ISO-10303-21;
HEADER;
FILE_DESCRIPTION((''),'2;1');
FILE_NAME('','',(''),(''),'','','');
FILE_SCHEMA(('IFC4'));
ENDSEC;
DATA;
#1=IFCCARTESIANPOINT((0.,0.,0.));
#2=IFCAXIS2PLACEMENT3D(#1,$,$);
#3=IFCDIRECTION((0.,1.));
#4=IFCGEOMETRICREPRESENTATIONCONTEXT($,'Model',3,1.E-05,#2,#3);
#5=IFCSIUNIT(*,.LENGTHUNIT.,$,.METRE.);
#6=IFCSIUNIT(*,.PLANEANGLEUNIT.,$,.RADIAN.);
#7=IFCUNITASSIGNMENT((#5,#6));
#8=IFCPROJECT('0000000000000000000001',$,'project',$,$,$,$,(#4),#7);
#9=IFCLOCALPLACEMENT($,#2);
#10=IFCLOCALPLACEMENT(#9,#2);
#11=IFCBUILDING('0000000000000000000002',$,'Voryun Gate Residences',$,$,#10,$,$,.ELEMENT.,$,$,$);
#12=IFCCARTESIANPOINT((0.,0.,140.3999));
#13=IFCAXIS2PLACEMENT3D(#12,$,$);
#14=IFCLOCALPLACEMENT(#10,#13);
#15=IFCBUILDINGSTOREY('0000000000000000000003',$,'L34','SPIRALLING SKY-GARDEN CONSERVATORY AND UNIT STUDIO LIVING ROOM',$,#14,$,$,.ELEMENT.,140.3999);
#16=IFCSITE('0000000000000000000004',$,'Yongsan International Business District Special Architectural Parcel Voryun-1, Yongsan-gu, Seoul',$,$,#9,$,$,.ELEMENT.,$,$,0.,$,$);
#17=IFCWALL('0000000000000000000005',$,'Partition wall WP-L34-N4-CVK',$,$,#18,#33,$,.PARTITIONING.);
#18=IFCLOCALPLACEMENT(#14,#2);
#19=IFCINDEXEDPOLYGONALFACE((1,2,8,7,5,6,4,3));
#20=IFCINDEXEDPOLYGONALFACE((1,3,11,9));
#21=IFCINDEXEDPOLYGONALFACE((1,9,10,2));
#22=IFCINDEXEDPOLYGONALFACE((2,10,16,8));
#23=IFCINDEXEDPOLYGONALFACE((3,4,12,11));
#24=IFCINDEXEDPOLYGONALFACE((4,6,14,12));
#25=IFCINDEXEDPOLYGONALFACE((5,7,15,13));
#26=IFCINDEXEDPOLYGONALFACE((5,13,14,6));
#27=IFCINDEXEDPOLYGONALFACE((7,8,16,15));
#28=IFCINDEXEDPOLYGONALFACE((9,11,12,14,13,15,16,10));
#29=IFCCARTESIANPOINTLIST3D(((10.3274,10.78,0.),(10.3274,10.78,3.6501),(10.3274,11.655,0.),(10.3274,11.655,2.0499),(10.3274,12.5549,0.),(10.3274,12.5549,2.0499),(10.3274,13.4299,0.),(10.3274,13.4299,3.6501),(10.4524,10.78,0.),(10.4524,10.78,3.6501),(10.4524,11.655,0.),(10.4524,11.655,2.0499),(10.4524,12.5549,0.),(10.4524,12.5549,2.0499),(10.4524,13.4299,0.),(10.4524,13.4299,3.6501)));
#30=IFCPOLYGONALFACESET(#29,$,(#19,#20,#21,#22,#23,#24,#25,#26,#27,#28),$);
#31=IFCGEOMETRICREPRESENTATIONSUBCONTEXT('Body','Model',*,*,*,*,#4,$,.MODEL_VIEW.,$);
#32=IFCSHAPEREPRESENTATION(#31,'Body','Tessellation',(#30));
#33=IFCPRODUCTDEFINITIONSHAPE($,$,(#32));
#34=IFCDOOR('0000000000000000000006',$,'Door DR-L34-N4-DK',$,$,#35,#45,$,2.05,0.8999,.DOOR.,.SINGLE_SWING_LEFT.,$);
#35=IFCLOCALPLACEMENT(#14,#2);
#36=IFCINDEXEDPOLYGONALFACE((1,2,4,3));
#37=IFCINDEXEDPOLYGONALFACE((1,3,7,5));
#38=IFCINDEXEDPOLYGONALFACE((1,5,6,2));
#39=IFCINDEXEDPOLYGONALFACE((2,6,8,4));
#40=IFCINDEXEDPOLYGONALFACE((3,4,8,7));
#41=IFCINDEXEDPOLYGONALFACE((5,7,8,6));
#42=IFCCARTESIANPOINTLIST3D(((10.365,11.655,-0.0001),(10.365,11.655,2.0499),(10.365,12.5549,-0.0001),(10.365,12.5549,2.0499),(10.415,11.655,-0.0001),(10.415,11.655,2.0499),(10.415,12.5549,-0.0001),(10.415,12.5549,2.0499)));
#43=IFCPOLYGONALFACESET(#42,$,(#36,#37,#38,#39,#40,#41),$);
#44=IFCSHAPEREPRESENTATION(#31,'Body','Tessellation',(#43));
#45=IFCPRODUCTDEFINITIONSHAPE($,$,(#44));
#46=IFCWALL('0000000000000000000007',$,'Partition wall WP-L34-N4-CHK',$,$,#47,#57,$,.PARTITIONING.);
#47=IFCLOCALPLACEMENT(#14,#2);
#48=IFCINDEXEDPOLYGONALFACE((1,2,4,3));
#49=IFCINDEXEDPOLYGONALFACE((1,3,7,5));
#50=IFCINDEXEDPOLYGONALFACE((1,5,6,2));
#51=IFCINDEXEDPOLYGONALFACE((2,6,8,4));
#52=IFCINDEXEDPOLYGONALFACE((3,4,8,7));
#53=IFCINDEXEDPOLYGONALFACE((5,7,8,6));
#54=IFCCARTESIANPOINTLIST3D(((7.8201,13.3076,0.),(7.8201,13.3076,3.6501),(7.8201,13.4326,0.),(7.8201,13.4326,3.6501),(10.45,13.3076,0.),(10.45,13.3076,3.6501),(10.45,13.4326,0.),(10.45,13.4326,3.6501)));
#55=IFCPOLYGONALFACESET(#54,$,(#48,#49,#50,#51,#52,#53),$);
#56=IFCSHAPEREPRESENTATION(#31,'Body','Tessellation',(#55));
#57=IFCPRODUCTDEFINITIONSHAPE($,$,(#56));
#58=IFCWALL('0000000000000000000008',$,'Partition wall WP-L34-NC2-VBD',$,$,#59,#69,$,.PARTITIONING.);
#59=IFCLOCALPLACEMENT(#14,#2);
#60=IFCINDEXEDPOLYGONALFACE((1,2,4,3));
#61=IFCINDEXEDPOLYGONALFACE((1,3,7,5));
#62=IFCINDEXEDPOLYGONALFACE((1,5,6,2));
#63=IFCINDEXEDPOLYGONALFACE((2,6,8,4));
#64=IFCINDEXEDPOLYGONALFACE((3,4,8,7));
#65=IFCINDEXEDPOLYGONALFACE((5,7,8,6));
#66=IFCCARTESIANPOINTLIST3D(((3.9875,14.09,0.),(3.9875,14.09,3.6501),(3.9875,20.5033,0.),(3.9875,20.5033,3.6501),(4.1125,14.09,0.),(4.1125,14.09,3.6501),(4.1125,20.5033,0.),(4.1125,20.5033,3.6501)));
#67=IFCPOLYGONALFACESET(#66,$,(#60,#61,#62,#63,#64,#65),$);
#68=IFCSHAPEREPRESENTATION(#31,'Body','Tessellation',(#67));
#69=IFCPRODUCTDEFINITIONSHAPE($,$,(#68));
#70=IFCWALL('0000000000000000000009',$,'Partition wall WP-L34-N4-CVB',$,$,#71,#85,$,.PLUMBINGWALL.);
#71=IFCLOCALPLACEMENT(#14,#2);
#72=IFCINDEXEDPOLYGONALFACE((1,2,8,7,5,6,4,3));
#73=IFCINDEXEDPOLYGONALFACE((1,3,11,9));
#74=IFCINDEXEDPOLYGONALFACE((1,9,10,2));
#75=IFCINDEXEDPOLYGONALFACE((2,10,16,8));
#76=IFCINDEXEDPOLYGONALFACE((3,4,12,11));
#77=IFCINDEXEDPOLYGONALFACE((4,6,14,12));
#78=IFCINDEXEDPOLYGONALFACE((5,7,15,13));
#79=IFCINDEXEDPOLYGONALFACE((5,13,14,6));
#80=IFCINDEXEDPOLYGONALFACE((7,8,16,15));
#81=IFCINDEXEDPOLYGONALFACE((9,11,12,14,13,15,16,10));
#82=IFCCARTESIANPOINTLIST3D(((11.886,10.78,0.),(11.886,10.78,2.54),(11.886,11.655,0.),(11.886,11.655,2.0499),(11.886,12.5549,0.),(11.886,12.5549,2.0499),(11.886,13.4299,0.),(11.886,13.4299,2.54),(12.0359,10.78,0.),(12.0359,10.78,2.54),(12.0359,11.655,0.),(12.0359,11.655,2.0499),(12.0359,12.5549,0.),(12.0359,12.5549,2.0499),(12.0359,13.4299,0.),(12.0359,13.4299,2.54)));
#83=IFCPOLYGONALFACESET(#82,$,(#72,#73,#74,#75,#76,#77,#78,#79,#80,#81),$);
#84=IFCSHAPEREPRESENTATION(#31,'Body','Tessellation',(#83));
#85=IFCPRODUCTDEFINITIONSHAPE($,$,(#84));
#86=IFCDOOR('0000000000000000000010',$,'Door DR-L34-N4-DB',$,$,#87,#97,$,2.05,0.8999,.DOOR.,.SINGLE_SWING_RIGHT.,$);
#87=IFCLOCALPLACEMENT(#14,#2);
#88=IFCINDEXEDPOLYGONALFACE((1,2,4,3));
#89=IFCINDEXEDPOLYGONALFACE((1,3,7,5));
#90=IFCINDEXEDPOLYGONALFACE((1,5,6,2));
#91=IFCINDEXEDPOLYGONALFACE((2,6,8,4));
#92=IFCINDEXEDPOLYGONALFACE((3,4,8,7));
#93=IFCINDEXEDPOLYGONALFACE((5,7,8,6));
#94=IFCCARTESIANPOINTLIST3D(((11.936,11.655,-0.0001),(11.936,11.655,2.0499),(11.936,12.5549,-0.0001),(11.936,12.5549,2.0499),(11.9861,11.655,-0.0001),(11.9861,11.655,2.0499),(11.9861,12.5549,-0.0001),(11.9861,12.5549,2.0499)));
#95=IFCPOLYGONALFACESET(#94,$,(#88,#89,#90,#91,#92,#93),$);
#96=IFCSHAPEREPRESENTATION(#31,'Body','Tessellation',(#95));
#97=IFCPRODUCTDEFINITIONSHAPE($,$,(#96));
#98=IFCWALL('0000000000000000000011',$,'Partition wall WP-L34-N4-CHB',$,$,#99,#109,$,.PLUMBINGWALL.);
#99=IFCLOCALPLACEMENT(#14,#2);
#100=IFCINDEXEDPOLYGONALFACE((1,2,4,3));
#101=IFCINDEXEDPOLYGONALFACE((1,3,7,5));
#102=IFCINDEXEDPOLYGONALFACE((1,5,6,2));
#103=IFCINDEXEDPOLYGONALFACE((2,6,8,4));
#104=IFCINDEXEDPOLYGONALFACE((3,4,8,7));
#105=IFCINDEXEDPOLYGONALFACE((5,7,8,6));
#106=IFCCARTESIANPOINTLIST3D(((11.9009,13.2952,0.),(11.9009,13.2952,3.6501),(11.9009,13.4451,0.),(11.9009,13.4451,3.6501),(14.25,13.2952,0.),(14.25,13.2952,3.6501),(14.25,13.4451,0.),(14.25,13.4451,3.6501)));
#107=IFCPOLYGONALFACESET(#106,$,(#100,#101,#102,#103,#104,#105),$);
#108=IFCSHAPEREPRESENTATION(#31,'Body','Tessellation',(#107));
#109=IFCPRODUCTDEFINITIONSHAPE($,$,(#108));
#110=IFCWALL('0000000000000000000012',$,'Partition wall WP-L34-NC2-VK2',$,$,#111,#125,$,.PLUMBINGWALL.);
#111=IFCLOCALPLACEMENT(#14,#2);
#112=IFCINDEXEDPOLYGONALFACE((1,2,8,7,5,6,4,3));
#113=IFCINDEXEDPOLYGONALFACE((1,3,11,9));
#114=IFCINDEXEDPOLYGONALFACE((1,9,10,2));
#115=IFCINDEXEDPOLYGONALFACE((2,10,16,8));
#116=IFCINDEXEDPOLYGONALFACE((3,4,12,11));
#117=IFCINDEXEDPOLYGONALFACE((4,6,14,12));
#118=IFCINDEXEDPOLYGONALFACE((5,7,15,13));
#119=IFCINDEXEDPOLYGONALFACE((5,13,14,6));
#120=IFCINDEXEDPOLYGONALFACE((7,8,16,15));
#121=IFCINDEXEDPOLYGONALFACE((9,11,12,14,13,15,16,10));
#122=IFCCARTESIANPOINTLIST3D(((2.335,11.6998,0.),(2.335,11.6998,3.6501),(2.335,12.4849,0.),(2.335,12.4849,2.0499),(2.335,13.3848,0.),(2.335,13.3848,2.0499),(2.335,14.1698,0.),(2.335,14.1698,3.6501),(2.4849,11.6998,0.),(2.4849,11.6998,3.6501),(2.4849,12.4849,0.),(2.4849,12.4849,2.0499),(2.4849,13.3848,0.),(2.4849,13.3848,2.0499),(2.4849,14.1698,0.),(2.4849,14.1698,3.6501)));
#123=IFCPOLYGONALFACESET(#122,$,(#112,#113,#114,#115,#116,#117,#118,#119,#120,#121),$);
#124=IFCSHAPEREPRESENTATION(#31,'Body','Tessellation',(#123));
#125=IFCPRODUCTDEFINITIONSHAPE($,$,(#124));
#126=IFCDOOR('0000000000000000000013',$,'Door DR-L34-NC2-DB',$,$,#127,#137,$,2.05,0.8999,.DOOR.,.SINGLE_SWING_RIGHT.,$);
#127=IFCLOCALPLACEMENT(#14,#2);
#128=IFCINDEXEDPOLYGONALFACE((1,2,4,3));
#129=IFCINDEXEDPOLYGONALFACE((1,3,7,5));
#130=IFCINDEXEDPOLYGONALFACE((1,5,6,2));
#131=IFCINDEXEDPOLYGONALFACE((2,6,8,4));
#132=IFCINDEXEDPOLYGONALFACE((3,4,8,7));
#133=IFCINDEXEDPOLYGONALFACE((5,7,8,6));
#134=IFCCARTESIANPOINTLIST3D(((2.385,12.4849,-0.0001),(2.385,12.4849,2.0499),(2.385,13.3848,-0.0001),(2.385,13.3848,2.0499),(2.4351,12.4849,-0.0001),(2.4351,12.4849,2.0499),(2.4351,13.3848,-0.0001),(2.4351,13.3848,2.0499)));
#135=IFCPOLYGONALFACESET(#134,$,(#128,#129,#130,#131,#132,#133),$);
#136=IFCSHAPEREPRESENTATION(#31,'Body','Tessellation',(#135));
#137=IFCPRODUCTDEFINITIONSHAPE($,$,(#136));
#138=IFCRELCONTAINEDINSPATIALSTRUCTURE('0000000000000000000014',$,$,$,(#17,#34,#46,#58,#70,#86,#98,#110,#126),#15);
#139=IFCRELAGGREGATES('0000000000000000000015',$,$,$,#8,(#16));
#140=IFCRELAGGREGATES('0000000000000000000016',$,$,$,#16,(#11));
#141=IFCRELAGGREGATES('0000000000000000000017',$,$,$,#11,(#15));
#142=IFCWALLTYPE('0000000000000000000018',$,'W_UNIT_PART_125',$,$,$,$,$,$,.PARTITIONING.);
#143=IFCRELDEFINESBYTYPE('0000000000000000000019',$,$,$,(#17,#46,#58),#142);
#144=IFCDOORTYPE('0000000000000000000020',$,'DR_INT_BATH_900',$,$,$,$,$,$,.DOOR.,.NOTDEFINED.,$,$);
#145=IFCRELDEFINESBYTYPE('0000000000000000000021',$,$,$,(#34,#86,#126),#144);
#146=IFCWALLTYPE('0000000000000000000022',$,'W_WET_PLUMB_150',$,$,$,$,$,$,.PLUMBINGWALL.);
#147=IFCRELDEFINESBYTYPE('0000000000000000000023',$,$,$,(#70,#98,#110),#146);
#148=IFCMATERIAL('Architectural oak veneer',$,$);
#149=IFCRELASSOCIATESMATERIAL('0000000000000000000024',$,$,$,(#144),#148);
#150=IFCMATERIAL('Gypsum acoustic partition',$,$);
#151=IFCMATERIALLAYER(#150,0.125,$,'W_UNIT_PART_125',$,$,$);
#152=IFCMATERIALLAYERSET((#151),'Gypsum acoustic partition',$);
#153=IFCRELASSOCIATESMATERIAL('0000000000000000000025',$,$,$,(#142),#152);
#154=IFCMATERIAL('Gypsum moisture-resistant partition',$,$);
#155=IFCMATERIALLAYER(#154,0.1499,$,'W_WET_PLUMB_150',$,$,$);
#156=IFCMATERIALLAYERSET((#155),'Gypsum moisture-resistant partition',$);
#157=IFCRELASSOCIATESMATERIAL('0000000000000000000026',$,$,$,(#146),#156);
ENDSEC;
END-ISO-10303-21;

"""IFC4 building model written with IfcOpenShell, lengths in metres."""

from ifc_helpers import new_model, si_unit, direction, frame, frame_2d, origin, place, context, subcontext, project, spatial, rectangle, extrude, material, layer, layer_set, type_object, element, fill, save


model = new_model("IFC4")

# Units and contexts
model_context = context("Model", 3, precision=1e-05, world=origin(), true_north=direction((0.0, 1.0)))
body_context = subcontext(model_context, "Body", "Model", "MODEL_VIEW")
ifc_project = project(units=[si_unit("LENGTHUNIT", "METRE"), si_unit("PLANEANGLEUNIT", "RADIAN")], contexts=[model_context])

# Site, building, storey
site_placement = place(None, origin())
site = spatial("IfcSite", under=ifc_project, at=site_placement, Name="Yongsan International Business District Special Architectural Parcel Voryun-1, Yongsan-gu, Seoul", CompositionType="ELEMENT", RefElevation=0.0)
building_placement = place(site_placement, origin())
building = spatial("IfcBuilding", under=site, at=building_placement, Name="Voryun Gate Residences", CompositionType="ELEMENT")
storey_placement = place(building_placement, frame((0.0, 0.0, 140.3999)))
storey = spatial("IfcBuildingStorey", under=building, at=storey_placement, Name="L34", Description="SPIRALLING SKY-GARDEN CONSERVATORY AND UNIT STUDIO LIVING ROOM", CompositionType="ELEMENT", Elevation=140.3999)

# Shared definitions
ifc_material_1 = material(Name="Architectural oak veneer")
door_type_1 = type_object("IfcDoorType", Name="DR_INT_BATH_900", OperationType="NOTDEFINED", PredefinedType="DOOR", material=ifc_material_1)

# Wall, opening, door
ifc_material_2 = material(Name="Gypsum acoustic partition")
ifc_layer_1 = layer(ifc_material_2, 0.125, Name="W_UNIT_PART_125")
ifc_layer_set_1 = layer_set([ifc_layer_1], Name="Gypsum acoustic partition")
wall_type_1 = type_object("IfcWallType", Name="W_UNIT_PART_125", PredefinedType="PARTITIONING", material=ifc_layer_set_1)
wall_1_placement = place(storey_placement, frame((10.3899, 10.78, 0.0), z_axis=(0.0, 0.0, 1.0), x_axis=(0.0, 1.0, 0.0)))
wall_1 = element("IfcWall", 1, at=wall_1_placement, inside=storey, type_object=wall_type_1, Name="Partition wall WP-L34-N4-CVK", PredefinedType="PARTITIONING", context=body_context, shape_type="SweptSolid", body=[
    extrude(rectangle(XDim=2.6499, YDim=0.125, at=frame_2d((1.325, 0.0))), origin(), (0.0, 0.0, 1.0), 3.6501),
])
opening_1_placement = place(wall_1_placement, frame((0.875, 0.0, 0.0)))
opening_1 = element("IfcOpeningElement", 2, at=opening_1_placement, cuts=wall_1, PredefinedType="OPENING", context=body_context, shape_type="SweptSolid", body=[
    extrude(rectangle(XDim=0.8999, YDim=2.05, at=frame_2d((0.45, 1.0249))), frame((0.0, 0.0725, 0.0), z_axis=(0.0, -1.0, 0.0), x_axis=(1.0, 0.0, 0.0)), (0.0, 0.0, 1.0), 0.145),
])
door_1_placement = place(opening_1_placement, origin())
door_1 = element("IfcDoor", 3, at=door_1_placement, inside=storey, type_object=door_type_1, Name="Door DR-L34-N4-DK", OperationType="SINGLE_SWING_LEFT", OverallHeight=2.05, OverallWidth=0.8999, PredefinedType="DOOR", context=body_context, shape_type="SweptSolid", body=[
    extrude(rectangle(XDim=0.8999, YDim=2.05, at=frame_2d((0.45, 1.0249))), frame((0.0, 0.0249, 0.0), z_axis=(0.0, -1.0, 0.0), x_axis=(1.0, 0.0, 0.0)), (0.0, 0.0, 1.0), 0.05),
])
fill(opening_1, door_1)

# Walls
wall_2_placement = place(storey_placement, frame((7.8201, 13.3701, 0.0), z_axis=(0.0, 0.0, 1.0), x_axis=(1.0, 0.0, 0.0)))
element("IfcWall", 4, at=wall_2_placement, inside=storey, type_object=wall_type_1, Name="Partition wall WP-L34-N4-CHK", PredefinedType="PARTITIONING", context=body_context, shape_type="SweptSolid", body=[
    extrude(rectangle(XDim=2.6299, YDim=0.125, at=frame_2d((1.3149, 0.0))), origin(), (0.0, 0.0, 1.0), 3.6501),
])
wall_3_placement = place(storey_placement, frame((4.05, 14.0901, 0.0), z_axis=(0.0, 0.0, 1.0), x_axis=(0.0, 1.0, 0.0)))
element("IfcWall", 5, at=wall_3_placement, inside=storey, type_object=wall_type_1, Name="Partition wall WP-L34-NC2-VBD", PredefinedType="PARTITIONING", context=body_context, shape_type="SweptSolid", body=[
    extrude(rectangle(XDim=6.4133, YDim=0.125, at=frame_2d((3.2065, 0.0))), origin(), (0.0, 0.0, 1.0), 3.6501),
])

# Wall, opening, door
ifc_material_3 = material(Name="Gypsum moisture-resistant partition")
ifc_layer_2 = layer(ifc_material_3, 0.1499, Name="W_WET_PLUMB_150")
ifc_layer_set_2 = layer_set([ifc_layer_2], Name="Gypsum moisture-resistant partition")
wall_type_2 = type_object("IfcWallType", Name="W_WET_PLUMB_150", PredefinedType="PLUMBINGWALL", material=ifc_layer_set_2)
wall_4_placement = place(storey_placement, frame((11.9609, 10.78, 0.0), z_axis=(0.0, 0.0, 1.0), x_axis=(0.0, 1.0, 0.0)))
wall_4 = element("IfcWall", 6, at=wall_4_placement, inside=storey, type_object=wall_type_2, Name="Partition wall WP-L34-N4-CVB", PredefinedType="PLUMBINGWALL", context=body_context, shape_type="SweptSolid", body=[
    extrude(rectangle(XDim=2.6499, YDim=0.1499, at=frame_2d((1.325, 0.0))), origin(), (0.0, 0.0, 1.0), 2.54),
])
opening_2_placement = place(wall_4_placement, frame((0.875, 0.0, 0.0)))
opening_2 = element("IfcOpeningElement", 7, at=opening_2_placement, cuts=wall_4, PredefinedType="OPENING", context=body_context, shape_type="SweptSolid", body=[
    extrude(rectangle(XDim=0.8999, YDim=2.05, at=frame_2d((0.45, 1.0249))), frame((0.0, 0.085, 0.0), z_axis=(0.0, -1.0, 0.0), x_axis=(1.0, 0.0, 0.0)), (0.0, 0.0, 1.0), 0.1699),
])
door_2_placement = place(opening_2_placement, origin())
door_2 = element("IfcDoor", 8, at=door_2_placement, inside=storey, type_object=door_type_1, Name="Door DR-L34-N4-DB", OperationType="SINGLE_SWING_RIGHT", OverallHeight=2.05, OverallWidth=0.8999, PredefinedType="DOOR", context=body_context, shape_type="SweptSolid", body=[
    extrude(rectangle(XDim=0.8999, YDim=2.05, at=frame_2d((0.45, 1.0249))), frame((0.0, 0.0249, 0.0), z_axis=(0.0, -1.0, 0.0), x_axis=(1.0, 0.0, 0.0)), (0.0, 0.0, 1.0), 0.05),
])
fill(opening_2, door_2)

# Wall
wall_5_placement = place(storey_placement, frame((11.9009, 13.3701, 0.0), z_axis=(0.0, 0.0, 1.0), x_axis=(1.0, 0.0, 0.0)))
element("IfcWall", 9, at=wall_5_placement, inside=storey, type_object=wall_type_2, Name="Partition wall WP-L34-N4-CHB", PredefinedType="PLUMBINGWALL", context=body_context, shape_type="SweptSolid", body=[
    extrude(rectangle(XDim=2.3491, YDim=0.1499, at=frame_2d((1.1746, 0.0))), origin(), (0.0, 0.0, 1.0), 3.6501),
])

# Wall, opening, door
wall_6_placement = place(storey_placement, frame((2.4099, 11.7, 0.0), z_axis=(0.0, 0.0, 1.0), x_axis=(0.0, 1.0, 0.0)))
wall_6 = element("IfcWall", 10, at=wall_6_placement, inside=storey, type_object=wall_type_2, Name="Partition wall WP-L34-NC2-VK2", PredefinedType="PLUMBINGWALL", context=body_context, shape_type="SweptSolid", body=[
    extrude(rectangle(XDim=2.47, YDim=0.1499, at=frame_2d((1.2349, 0.0))), origin(), (0.0, 0.0, 1.0), 3.6501),
])
opening_3_placement = place(wall_6_placement, frame((0.7849, 0.0, 0.0)))
opening_3 = element("IfcOpeningElement", 11, at=opening_3_placement, cuts=wall_6, PredefinedType="OPENING", context=body_context, shape_type="SweptSolid", body=[
    extrude(rectangle(XDim=0.8999, YDim=2.05, at=frame_2d((0.45, 1.0249))), frame((0.0, 0.085, 0.0), z_axis=(0.0, -1.0, 0.0), x_axis=(1.0, 0.0, 0.0)), (0.0, 0.0, 1.0), 0.1699),
])
door_3_placement = place(opening_3_placement, origin())
door_3 = element("IfcDoor", 12, at=door_3_placement, inside=storey, type_object=door_type_1, Name="Door DR-L34-NC2-DB", OperationType="SINGLE_SWING_RIGHT", OverallHeight=2.05, OverallWidth=0.8999, PredefinedType="DOOR", context=body_context, shape_type="SweptSolid", body=[
    extrude(rectangle(XDim=0.8999, YDim=2.05, at=frame_2d((0.45, 1.0249))), frame((0.0, 0.0249, 0.0), z_axis=(0.0, -1.0, 0.0), x_axis=(1.0, 0.0, 0.0)), (0.0, 0.0, 1.0), 0.05),
])
fill(opening_3, door_3)

save(model, "model.ifc")
